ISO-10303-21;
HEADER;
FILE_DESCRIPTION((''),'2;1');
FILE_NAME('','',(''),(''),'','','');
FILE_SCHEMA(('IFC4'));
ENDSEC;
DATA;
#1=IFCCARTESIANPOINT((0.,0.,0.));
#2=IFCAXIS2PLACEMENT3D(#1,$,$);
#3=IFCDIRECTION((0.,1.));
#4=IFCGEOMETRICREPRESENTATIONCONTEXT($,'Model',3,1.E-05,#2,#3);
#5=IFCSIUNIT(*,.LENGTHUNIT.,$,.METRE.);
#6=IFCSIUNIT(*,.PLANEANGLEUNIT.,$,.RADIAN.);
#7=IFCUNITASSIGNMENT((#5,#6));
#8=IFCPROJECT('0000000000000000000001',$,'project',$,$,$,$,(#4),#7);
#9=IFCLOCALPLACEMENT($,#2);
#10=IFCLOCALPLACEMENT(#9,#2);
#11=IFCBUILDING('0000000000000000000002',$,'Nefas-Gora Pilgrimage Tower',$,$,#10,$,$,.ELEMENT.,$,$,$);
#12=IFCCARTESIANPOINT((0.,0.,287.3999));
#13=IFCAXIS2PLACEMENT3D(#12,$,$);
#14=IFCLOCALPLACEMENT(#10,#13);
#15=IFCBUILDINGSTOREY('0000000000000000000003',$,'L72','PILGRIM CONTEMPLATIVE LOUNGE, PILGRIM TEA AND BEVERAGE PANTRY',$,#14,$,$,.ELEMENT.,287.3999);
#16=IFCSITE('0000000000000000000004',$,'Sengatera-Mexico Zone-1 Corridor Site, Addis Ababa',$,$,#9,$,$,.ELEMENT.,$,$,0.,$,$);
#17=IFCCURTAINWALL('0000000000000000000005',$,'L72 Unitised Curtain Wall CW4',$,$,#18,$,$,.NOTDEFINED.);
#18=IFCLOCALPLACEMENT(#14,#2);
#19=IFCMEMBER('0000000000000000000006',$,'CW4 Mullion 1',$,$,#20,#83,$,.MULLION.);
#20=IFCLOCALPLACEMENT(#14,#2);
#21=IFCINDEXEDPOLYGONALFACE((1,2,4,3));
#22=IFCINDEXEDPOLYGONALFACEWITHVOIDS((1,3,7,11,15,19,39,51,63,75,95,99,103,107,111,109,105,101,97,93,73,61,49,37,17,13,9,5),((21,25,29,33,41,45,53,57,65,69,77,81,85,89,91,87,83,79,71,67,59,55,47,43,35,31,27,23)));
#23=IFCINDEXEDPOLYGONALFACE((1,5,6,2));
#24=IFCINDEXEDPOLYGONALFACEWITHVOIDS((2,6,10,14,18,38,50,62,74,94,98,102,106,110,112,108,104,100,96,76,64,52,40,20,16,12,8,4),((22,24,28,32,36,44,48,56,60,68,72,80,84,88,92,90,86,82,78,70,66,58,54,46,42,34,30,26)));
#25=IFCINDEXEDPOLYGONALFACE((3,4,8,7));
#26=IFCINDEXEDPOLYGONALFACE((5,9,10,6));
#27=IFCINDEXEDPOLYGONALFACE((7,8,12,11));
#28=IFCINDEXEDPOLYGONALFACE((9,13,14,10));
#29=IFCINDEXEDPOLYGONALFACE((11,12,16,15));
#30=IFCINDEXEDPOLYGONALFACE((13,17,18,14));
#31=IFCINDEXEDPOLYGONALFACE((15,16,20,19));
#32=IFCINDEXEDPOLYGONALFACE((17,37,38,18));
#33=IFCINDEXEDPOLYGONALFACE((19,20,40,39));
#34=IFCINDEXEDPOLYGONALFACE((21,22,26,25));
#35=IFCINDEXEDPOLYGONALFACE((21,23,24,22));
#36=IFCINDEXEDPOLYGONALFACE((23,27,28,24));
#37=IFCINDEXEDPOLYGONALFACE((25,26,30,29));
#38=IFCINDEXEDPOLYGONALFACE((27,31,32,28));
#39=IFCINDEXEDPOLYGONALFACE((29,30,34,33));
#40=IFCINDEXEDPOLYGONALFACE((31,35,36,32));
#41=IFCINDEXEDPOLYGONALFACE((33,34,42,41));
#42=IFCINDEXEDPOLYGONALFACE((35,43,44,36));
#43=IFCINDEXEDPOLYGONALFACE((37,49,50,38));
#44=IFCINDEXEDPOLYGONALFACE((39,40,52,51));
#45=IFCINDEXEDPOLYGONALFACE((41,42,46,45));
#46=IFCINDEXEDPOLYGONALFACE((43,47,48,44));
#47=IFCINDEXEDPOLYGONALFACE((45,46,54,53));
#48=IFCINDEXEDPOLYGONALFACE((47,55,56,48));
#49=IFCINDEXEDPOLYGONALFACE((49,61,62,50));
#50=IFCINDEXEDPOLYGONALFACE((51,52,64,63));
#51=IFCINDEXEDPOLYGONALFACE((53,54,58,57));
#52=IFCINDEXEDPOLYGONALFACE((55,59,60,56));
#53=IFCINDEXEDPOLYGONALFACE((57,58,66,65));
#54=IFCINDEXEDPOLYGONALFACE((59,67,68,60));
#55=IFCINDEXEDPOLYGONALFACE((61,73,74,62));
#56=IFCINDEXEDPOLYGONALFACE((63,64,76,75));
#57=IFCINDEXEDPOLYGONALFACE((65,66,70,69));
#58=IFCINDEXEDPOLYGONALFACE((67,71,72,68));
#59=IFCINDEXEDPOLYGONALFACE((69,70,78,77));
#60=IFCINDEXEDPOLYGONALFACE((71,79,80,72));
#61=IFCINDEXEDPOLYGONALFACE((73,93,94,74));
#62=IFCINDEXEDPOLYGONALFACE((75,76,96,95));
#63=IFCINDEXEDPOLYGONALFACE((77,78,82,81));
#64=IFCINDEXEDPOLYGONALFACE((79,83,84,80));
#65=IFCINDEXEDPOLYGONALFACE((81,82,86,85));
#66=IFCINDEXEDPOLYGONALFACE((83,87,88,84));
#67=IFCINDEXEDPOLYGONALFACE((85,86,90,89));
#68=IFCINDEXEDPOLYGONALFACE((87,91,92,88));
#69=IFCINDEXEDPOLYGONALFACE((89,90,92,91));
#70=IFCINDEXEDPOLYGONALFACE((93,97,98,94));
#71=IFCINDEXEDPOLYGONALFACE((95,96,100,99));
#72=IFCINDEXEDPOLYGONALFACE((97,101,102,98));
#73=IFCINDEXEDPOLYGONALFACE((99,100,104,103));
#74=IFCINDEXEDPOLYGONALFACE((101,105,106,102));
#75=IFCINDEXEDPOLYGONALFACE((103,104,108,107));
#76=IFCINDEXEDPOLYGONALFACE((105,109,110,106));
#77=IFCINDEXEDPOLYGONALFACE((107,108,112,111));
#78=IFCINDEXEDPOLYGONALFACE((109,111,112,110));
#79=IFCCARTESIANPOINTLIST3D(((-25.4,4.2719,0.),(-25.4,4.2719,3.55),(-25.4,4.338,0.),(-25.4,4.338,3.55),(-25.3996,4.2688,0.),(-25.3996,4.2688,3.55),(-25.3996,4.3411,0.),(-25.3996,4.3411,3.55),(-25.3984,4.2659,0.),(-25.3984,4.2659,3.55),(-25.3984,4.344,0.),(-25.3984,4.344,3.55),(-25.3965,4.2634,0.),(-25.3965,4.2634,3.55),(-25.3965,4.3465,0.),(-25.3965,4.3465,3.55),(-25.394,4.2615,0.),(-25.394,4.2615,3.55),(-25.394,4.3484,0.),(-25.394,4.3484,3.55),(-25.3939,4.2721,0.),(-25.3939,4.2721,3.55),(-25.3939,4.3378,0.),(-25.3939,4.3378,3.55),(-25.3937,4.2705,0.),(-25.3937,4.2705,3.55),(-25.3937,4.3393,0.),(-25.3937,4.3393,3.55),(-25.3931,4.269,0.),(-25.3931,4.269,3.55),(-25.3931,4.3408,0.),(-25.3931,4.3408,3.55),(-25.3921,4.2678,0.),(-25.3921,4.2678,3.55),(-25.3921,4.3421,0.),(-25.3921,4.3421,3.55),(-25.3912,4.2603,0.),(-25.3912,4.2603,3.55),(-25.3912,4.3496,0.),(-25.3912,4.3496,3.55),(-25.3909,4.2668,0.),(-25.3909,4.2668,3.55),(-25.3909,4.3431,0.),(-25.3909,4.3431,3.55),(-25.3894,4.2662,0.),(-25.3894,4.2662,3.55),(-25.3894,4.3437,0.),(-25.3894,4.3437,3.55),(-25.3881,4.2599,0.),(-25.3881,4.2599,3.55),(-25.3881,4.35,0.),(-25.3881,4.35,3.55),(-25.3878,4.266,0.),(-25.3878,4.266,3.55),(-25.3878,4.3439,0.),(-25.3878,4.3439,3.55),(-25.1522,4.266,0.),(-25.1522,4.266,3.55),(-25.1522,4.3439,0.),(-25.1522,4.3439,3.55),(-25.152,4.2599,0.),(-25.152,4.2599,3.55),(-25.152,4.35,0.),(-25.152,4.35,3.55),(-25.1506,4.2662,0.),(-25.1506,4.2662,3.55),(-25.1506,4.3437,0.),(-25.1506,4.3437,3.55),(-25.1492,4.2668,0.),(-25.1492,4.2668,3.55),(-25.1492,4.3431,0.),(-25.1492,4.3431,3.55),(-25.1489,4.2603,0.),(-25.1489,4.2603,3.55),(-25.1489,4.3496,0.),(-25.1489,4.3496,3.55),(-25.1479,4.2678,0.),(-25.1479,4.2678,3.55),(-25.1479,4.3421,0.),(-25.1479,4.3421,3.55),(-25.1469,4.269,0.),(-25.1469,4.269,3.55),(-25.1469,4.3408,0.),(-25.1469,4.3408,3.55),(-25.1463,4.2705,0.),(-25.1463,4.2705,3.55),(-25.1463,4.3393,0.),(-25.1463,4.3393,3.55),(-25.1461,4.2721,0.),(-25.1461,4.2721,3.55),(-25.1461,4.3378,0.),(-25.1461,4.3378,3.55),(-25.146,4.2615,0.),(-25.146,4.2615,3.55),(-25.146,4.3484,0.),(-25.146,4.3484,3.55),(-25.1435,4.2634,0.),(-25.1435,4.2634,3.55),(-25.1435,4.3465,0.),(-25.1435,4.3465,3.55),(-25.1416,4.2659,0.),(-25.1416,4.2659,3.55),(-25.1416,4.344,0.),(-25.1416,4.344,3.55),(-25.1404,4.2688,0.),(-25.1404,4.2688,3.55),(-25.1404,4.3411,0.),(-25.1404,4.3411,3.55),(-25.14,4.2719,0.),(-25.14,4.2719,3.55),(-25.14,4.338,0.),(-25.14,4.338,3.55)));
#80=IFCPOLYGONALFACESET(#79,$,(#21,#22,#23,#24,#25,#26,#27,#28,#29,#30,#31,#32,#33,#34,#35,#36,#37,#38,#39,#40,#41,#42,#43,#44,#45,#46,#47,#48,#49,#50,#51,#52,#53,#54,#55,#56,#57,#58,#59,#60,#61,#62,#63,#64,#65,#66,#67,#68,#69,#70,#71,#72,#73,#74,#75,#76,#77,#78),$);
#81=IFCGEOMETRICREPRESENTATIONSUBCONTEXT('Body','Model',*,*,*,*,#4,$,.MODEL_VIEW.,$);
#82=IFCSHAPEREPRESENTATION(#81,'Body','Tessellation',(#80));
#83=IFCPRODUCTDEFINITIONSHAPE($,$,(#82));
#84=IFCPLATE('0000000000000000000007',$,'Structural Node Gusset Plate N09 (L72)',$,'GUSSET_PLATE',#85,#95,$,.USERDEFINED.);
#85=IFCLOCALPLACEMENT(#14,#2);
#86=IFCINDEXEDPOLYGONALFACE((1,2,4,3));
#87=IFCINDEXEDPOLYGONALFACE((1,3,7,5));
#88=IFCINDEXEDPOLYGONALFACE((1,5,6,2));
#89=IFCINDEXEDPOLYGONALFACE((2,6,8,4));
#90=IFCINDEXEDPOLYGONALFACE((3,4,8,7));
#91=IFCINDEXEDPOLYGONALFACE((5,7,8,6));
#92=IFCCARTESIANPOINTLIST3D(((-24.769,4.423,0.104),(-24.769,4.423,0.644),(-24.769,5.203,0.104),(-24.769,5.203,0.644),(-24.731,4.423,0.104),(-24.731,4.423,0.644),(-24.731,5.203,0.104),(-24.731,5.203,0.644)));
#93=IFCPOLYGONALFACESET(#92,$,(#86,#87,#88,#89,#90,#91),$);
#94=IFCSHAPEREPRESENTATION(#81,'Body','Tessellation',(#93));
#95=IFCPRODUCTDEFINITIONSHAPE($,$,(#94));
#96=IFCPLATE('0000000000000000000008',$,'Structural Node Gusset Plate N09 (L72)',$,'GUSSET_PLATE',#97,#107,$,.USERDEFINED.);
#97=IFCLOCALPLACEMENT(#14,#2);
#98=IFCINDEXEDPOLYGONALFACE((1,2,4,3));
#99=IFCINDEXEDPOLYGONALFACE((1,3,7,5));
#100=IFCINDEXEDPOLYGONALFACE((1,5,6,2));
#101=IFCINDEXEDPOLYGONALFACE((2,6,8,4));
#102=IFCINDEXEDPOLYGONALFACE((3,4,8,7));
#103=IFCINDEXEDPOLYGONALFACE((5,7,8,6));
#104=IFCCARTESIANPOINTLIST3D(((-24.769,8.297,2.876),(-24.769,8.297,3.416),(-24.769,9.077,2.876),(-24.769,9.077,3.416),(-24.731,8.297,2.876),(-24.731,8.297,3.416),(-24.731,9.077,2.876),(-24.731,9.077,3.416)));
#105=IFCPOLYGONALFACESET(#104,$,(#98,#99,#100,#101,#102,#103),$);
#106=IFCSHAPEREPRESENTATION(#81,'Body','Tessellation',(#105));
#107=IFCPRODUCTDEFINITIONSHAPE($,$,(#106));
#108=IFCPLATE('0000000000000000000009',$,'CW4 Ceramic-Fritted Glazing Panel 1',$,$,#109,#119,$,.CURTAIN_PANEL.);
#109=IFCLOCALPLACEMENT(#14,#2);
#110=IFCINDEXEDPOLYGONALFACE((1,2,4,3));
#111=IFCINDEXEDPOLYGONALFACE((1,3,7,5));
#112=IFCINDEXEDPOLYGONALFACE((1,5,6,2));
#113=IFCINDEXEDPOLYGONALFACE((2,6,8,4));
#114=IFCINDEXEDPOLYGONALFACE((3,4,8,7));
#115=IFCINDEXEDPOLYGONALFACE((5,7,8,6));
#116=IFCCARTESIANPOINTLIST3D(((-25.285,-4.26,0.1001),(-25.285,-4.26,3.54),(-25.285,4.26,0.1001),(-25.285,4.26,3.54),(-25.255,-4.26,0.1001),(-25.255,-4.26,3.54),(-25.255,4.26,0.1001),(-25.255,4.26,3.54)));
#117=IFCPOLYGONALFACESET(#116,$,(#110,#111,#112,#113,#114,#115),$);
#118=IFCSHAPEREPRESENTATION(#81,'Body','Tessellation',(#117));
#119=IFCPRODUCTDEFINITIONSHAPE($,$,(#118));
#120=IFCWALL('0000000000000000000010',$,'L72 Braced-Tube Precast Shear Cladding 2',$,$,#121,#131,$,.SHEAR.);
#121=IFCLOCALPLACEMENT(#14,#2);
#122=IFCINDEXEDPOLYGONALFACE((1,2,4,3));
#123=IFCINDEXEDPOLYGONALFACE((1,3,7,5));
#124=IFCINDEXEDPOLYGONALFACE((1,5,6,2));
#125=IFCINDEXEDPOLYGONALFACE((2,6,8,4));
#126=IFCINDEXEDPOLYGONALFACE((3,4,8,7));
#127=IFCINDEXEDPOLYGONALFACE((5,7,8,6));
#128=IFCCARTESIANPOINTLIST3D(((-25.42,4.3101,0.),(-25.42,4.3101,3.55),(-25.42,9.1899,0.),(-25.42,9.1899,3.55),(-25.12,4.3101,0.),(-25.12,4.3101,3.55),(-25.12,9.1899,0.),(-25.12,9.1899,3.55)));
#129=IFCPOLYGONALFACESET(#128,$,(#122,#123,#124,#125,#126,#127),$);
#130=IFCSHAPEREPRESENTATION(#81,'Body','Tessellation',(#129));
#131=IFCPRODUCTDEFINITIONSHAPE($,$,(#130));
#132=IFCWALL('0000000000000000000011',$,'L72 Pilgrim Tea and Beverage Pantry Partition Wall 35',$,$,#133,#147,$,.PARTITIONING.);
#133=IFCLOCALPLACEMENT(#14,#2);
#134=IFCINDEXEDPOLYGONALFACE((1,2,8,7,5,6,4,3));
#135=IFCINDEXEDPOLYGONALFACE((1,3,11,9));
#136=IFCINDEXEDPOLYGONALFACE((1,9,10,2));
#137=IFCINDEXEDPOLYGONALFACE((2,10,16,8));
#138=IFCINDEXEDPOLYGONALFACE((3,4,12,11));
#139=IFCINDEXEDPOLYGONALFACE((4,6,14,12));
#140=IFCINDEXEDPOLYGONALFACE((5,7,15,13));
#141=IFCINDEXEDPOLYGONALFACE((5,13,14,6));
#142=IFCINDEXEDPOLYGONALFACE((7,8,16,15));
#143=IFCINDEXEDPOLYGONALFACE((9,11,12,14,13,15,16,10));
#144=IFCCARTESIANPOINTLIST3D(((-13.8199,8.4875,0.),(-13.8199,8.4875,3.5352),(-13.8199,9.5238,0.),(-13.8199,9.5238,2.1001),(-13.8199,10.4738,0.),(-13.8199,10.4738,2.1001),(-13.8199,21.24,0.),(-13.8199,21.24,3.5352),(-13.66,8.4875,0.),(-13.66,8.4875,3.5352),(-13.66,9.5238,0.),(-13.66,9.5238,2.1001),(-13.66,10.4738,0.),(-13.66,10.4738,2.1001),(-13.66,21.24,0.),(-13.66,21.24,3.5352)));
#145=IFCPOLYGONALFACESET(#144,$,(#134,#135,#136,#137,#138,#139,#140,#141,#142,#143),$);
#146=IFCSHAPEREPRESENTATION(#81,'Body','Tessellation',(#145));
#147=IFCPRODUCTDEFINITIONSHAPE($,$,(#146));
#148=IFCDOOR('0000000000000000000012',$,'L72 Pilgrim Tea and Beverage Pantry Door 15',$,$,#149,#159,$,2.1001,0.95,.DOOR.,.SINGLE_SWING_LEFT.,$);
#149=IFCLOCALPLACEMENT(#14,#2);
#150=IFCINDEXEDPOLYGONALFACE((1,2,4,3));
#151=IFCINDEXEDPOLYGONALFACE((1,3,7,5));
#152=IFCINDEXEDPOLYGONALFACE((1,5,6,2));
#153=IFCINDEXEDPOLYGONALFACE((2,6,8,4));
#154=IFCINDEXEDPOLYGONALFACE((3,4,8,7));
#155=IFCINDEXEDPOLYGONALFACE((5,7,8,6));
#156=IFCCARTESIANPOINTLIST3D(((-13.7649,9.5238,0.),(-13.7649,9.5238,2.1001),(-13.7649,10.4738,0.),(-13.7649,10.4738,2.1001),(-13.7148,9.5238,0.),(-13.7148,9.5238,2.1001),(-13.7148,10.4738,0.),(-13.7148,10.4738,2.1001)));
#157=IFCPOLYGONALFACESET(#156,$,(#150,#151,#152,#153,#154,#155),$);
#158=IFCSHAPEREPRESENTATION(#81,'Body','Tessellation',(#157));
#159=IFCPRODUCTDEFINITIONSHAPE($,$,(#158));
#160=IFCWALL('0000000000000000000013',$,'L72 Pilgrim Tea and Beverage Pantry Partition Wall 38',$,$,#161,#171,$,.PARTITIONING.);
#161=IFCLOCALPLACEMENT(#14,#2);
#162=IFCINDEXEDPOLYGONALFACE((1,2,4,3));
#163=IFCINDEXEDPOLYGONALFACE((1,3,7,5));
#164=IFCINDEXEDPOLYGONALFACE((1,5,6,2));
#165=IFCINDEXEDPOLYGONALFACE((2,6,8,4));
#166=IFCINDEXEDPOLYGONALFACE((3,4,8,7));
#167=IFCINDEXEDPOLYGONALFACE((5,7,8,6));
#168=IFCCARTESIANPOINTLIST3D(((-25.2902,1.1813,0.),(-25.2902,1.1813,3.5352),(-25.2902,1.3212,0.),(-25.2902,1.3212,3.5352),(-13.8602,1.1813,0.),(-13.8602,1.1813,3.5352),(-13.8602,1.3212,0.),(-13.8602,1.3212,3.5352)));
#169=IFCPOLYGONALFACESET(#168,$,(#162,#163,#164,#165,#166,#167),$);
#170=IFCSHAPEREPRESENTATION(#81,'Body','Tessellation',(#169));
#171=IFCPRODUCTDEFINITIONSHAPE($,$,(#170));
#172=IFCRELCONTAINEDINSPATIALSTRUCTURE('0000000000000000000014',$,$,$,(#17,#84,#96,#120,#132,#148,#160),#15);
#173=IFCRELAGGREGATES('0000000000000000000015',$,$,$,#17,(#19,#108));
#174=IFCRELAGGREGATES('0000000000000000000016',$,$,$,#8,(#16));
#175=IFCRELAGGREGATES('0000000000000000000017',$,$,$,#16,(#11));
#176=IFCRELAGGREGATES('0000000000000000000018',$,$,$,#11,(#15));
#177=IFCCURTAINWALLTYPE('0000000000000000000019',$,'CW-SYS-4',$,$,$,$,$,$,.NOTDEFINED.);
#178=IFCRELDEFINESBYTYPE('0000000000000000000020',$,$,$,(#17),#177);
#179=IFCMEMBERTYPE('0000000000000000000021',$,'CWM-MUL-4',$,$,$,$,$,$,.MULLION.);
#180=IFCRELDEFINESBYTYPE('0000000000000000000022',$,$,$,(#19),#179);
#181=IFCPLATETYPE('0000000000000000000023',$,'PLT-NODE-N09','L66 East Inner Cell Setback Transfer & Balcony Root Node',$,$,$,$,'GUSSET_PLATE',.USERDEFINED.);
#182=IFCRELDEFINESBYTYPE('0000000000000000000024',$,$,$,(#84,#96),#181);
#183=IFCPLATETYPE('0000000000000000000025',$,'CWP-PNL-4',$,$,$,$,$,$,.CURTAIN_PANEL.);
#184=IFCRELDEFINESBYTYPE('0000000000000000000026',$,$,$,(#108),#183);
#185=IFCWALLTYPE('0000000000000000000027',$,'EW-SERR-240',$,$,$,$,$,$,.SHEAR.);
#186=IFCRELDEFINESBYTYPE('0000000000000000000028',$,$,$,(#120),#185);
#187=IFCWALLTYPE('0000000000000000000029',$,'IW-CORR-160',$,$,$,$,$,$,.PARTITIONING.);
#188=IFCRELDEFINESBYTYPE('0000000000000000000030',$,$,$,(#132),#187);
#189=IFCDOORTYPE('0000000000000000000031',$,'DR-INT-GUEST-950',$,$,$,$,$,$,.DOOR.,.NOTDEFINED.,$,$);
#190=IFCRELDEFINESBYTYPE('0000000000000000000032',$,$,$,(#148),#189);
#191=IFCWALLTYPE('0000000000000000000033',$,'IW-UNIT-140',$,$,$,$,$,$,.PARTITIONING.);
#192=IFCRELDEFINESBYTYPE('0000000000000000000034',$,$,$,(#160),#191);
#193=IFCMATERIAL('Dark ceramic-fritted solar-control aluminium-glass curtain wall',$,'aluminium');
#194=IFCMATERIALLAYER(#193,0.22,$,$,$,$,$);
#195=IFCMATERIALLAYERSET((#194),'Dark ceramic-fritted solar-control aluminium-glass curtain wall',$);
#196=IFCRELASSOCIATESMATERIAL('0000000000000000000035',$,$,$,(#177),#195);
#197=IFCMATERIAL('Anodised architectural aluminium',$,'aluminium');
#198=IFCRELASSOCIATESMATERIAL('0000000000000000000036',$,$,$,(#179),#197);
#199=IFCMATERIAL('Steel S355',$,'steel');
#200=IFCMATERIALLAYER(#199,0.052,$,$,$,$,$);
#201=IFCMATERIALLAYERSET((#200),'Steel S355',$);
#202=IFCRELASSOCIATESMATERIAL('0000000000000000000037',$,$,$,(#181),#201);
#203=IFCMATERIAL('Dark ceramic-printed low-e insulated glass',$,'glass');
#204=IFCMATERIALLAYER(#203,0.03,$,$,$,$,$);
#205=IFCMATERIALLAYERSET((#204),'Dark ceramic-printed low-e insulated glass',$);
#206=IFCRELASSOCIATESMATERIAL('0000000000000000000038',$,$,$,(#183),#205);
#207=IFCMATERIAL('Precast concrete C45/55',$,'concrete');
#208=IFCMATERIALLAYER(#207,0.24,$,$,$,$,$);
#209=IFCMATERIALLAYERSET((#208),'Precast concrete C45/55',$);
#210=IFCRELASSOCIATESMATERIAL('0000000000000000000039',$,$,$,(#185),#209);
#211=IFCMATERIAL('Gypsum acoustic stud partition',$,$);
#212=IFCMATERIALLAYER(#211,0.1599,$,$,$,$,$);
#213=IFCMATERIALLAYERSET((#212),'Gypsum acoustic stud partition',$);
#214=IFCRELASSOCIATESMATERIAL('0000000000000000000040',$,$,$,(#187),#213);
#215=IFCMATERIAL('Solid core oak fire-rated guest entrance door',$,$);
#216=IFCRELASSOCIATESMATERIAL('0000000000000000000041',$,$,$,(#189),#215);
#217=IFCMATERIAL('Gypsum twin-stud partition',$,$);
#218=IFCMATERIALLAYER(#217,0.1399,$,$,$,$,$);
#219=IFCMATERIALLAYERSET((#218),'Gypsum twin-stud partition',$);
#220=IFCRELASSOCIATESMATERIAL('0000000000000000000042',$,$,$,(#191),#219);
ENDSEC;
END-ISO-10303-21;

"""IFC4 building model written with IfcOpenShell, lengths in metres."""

from ifc_helpers import new_model, si_unit, direction, frame, frame_2d, origin, origin_2d, place, context, subcontext, project, spatial, rectangle, hollow_rectangle, extrude, source, transform, mapped, material, layer, layer_set, material_profile, profile_set, type_object, element, fill, aggregate, save


model = new_model("IFC4")

# Units and contexts
model_context = context("Model", 3, precision=1e-05, world=origin(), true_north=direction((0.0, 1.0)))
body_context = subcontext(model_context, "Body", "Model", "MODEL_VIEW")
ifc_project = project(units=[si_unit("LENGTHUNIT", "METRE"), si_unit("PLANEANGLEUNIT", "RADIAN")], contexts=[model_context])

# Site, building, storey
site_placement = place(None, origin())
site = spatial("IfcSite", under=ifc_project, at=site_placement, Name="Sengatera-Mexico Zone-1 Corridor Site, Addis Ababa", CompositionType="ELEMENT", RefElevation=0.0)
building_placement = place(site_placement, origin())
building = spatial("IfcBuilding", under=site, at=building_placement, Name="Nefas-Gora Pilgrimage Tower", CompositionType="ELEMENT")
storey_placement = place(building_placement, frame((0.0, 0.0, 287.3999)))
storey = spatial("IfcBuildingStorey", under=building, at=storey_placement, Name="L72", Description="PILGRIM CONTEMPLATIVE LOUNGE, PILGRIM TEA AND BEVERAGE PANTRY", CompositionType="ELEMENT", Elevation=287.3999)

# Shared definitions
ifc_material_1 = material(Name="Steel S355", Category="steel")

# Curtain wall, member
ifc_material_2 = material(Name="Dark ceramic-fritted solar-control aluminium-glass curtain wall", Category="aluminium")
ifc_layer_1 = layer(ifc_material_2, 0.22)
ifc_layer_set_1 = layer_set([ifc_layer_1], Name="Dark ceramic-fritted solar-control aluminium-glass curtain wall")
curtain_wall_type = type_object("IfcCurtainWallType", Name="CW-SYS-4", PredefinedType="NOTDEFINED", material=ifc_layer_set_1)
curtain_wall_placement = place(storey_placement, origin())
curtain_wall = element("IfcCurtainWall", 1, at=curtain_wall_placement, inside=storey, type_object=curtain_wall_type, Name="L72 Unitised Curtain Wall CW4", PredefinedType="NOTDEFINED")
ifc_material_3 = material(Name="Anodised architectural aluminium", Category="aluminium")
ifc_material_profile_1 = material_profile(ifc_material_3, hollow_rectangle(XDim=0.0901, YDim=0.26, WallThickness=0.0061, InnerFilletRadius=0.0061, OuterFilletRadius=0.012, at=origin_2d()), Name="ALU MULLION 90x260")
ifc_profile_set_1 = profile_set([ifc_material_profile_1], Name="Anodised architectural aluminium")
member_type_1 = type_object("IfcMemberType", Name="CWM-MUL-4", PredefinedType="MULLION", material=ifc_profile_set_1)
shared_shape_1 = source(origin(), body_context, "Body", "SweptSolid", [
    extrude(hollow_rectangle(XDim=0.0901, YDim=0.26, WallThickness=0.0061, InnerFilletRadius=0.0061, OuterFilletRadius=0.012, at=origin_2d()), origin(), (0.0, 0.0, 1.0), 3.55),
])
member_1_placement = place(storey_placement, frame((-25.27, 4.3049, 0.0), z_axis=(0.0, 0.0, 1.0), x_axis=(0.0, -1.0, 0.0)))
member_1 = element("IfcMember", 2, at=member_1_placement, type_object=member_type_1, Name="CW4 Mullion 1", PredefinedType="MULLION", context=body_context, shape_type="MappedRepresentation", body=[
    mapped(shared_shape_1, transform((0.0, 0.0, 0.0), x_axis=(1.0, 0.0, 0.0), y_axis=(0.0, 1.0, 0.0), z_axis=(0.0, 0.0, 1.0), scale=1.0)),
])

# Plates
ifc_layer_2 = layer(ifc_material_1, 0.052)
ifc_layer_set_2 = layer_set([ifc_layer_2], Name="Steel S355")
plate_type_1 = type_object("IfcPlateType", Name="PLT-NODE-N09", Description="L66 East Inner Cell Setback Transfer & Balcony Root Node", ElementType="GUSSET_PLATE", PredefinedType="USERDEFINED", material=ifc_layer_set_2)
shared_shape_2 = source(origin(), body_context, "Body", "SweptSolid", [
    extrude(rectangle(XDim=0.78, YDim=0.0381, at=origin_2d()), origin(), (0.0, 0.0, 1.0), 0.54),
])
for number, where, z_axis, x_axis, name in (
    (3, (-24.75, 4.813, 0.104), (0.0, 0.0, 1.0), (0.0, 1.0, 0.0), "Structural Node Gusset Plate N09 (L72)"),
    (4, (-24.75, 8.687, 2.876), (0.0, 0.0, 1.0), (0.0, 1.0, 0.0), "Structural Node Gusset Plate N09 (L72)"),
):
    element("IfcPlate", number, at=place(storey_placement, frame(where, z_axis=z_axis, x_axis=x_axis)), inside=storey, type_object=plate_type_1, Name=name, ObjectType="GUSSET_PLATE", PredefinedType="USERDEFINED", context=body_context, shape_type="MappedRepresentation", body=[
        mapped(shared_shape_2, transform((0.0, 0.0, 0.0), x_axis=(1.0, 0.0, 0.0), y_axis=(0.0, 1.0, 0.0), z_axis=(0.0, 0.0, 1.0), scale=1.0)),
    ])

# Plate
ifc_material_4 = material(Name="Dark ceramic-printed low-e insulated glass", Category="glass")
ifc_layer_3 = layer(ifc_material_4, 0.03)
ifc_layer_set_3 = layer_set([ifc_layer_3], Name="Dark ceramic-printed low-e insulated glass")
plate_type_2 = type_object("IfcPlateType", Name="CWP-PNL-4", PredefinedType="CURTAIN_PANEL", material=ifc_layer_set_3)
shared_shape_3 = source(origin(), body_context, "Body", "SweptSolid", [
    extrude(rectangle(XDim=8.52, YDim=0.03, at=origin_2d()), origin(), (0.0, 0.0, 1.0), 3.4399),
])
plate_placement = place(storey_placement, frame((-25.27, 0.0, 0.1001), z_axis=(0.0, 0.0, 1.0), x_axis=(0.0, -1.0, 0.0)))
plate = element("IfcPlate", 5, at=plate_placement, type_object=plate_type_2, Name="CW4 Ceramic-Fritted Glazing Panel 1", PredefinedType="CURTAIN_PANEL", context=body_context, shape_type="MappedRepresentation", body=[
    mapped(shared_shape_3, transform((0.0, 0.0, 0.0), x_axis=(1.0, 0.0, 0.0), y_axis=(0.0, 1.0, 0.0), z_axis=(0.0, 0.0, 1.0), scale=1.0)),
])
aggregate(curtain_wall, [member_1, plate])

# Wall
ifc_material_5 = material(Name="Precast concrete C45/55", Category="concrete")
ifc_layer_4 = layer(ifc_material_5, 0.24)
ifc_layer_set_4 = layer_set([ifc_layer_4], Name="Precast concrete C45/55")
wall_type_1 = type_object("IfcWallType", Name="EW-SERR-240", PredefinedType="SHEAR", material=ifc_layer_set_4)
shared_shape_4 = source(origin(), body_context, "Body", "SweptSolid", [
    extrude(rectangle(XDim=4.8799, YDim=0.3, at=frame_2d((2.4399, 0.0))), origin(), (0.0, 0.0, 1.0), 3.55),
])
wall_1_placement = place(storey_placement, frame((-25.27, 4.3101, 0.0), z_axis=(0.0, 0.0, 1.0), x_axis=(0.0, 1.0, 0.0)))
element("IfcWall", 6, at=wall_1_placement, inside=storey, type_object=wall_type_1, Name="L72 Braced-Tube Precast Shear Cladding 2", PredefinedType="SHEAR", context=body_context, shape_type="MappedRepresentation", body=[
    mapped(shared_shape_4, transform((0.0, 0.0, 0.0), x_axis=(1.0, 0.0, 0.0), y_axis=(0.0, 1.0, 0.0), z_axis=(0.0, 0.0, 1.0), scale=1.0)),
])

# Wall, opening, door
ifc_material_6 = material(Name="Gypsum acoustic stud partition")
ifc_layer_5 = layer(ifc_material_6, 0.1599)
ifc_layer_set_5 = layer_set([ifc_layer_5], Name="Gypsum acoustic stud partition")
wall_type_2 = type_object("IfcWallType", Name="IW-CORR-160", PredefinedType="PARTITIONING", material=ifc_layer_set_5)
shared_shape_5 = source(origin(), body_context, "Body", "SweptSolid", [
    extrude(rectangle(XDim=12.7524, YDim=0.1599, at=frame_2d((6.3762, 0.0))), origin(), (0.0, 0.0, 1.0), 3.5352),
])
wall_2_placement = place(storey_placement, frame((-13.74, 8.4875, 0.0), z_axis=(0.0, 0.0, 1.0), x_axis=(0.0, 1.0, 0.0)))
wall_2 = element("IfcWall", 7, at=wall_2_placement, inside=storey, type_object=wall_type_2, Name="L72 Pilgrim Tea and Beverage Pantry Partition Wall 35", PredefinedType="PARTITIONING", context=body_context, shape_type="MappedRepresentation", body=[
    mapped(shared_shape_5, transform((0.0, 0.0, 0.0), x_axis=(1.0, 0.0, 0.0), y_axis=(0.0, 1.0, 0.0), z_axis=(0.0, 0.0, 1.0), scale=1.0)),
])
opening_1_placement = place(wall_2_placement, frame((1.0361, 0.0, 0.0)))
opening_1 = element("IfcOpeningElement", 8, at=opening_1_placement, cuts=wall_2, PredefinedType="OPENING", context=body_context, shape_type="SweptSolid", body=[
    extrude(rectangle(XDim=0.95, YDim=2.1001, at=frame_2d((0.4751, 1.05))), frame((0.0, 0.0898, 0.0), z_axis=(0.0, -1.0, 0.0), x_axis=(1.0, 0.0, 0.0)), (0.0, 0.0, 1.0), 0.1799),
])
ifc_material_7 = material(Name="Solid core oak fire-rated guest entrance door")
door_type = type_object("IfcDoorType", Name="DR-INT-GUEST-950", OperationType="NOTDEFINED", PredefinedType="DOOR", material=ifc_material_7)
shared_shape_6 = source(origin(), body_context, "Body", "SweptSolid", [
    extrude(rectangle(XDim=0.95, YDim=2.1001, at=frame_2d((0.4751, 1.05))), frame((0.0, 0.0249, 0.0), z_axis=(0.0, -1.0, 0.0), x_axis=(1.0, 0.0, 0.0)), (0.0, 0.0, 1.0), 0.05),
])
door_1_placement = place(opening_1_placement, origin())
door_1 = element("IfcDoor", 9, at=door_1_placement, inside=storey, type_object=door_type, Name="L72 Pilgrim Tea and Beverage Pantry Door 15", OperationType="SINGLE_SWING_LEFT", OverallHeight=2.1001, OverallWidth=0.95, PredefinedType="DOOR", context=body_context, shape_type="MappedRepresentation", body=[
    mapped(shared_shape_6, transform((0.0, 0.0, 0.0), x_axis=(1.0, 0.0, 0.0), y_axis=(0.0, 1.0, 0.0), z_axis=(0.0, 0.0, 1.0), scale=1.0)),
])
fill(opening_1, door_1)

# Wall
ifc_material_8 = material(Name="Gypsum twin-stud partition")
ifc_layer_6 = layer(ifc_material_8, 0.1399)
ifc_layer_set_6 = layer_set([ifc_layer_6], Name="Gypsum twin-stud partition")
wall_type_3 = type_object("IfcWallType", Name="IW-UNIT-140", PredefinedType="PARTITIONING", material=ifc_layer_set_6)
shared_shape_7 = source(origin(), body_context, "Body", "SweptSolid", [
    extrude(rectangle(XDim=11.4299, YDim=0.1399, at=frame_2d((5.7148, 0.0))), origin(), (0.0, 0.0, 1.0), 3.5352),
])
wall_3_placement = place(storey_placement, frame((-25.29, 1.2512, 0.0), z_axis=(0.0, 0.0, 1.0), x_axis=(1.0, 0.0, 0.0)))
element("IfcWall", 10, at=wall_3_placement, inside=storey, type_object=wall_type_3, Name="L72 Pilgrim Tea and Beverage Pantry Partition Wall 38", PredefinedType="PARTITIONING", context=body_context, shape_type="MappedRepresentation", body=[
    mapped(shared_shape_7, transform((0.0, 0.0, 0.0), x_axis=(1.0, 0.0, 0.0), y_axis=(0.0, 1.0, 0.0), z_axis=(0.0, 0.0, 1.0), scale=1.0)),
])

save(model, "model.ifc")
